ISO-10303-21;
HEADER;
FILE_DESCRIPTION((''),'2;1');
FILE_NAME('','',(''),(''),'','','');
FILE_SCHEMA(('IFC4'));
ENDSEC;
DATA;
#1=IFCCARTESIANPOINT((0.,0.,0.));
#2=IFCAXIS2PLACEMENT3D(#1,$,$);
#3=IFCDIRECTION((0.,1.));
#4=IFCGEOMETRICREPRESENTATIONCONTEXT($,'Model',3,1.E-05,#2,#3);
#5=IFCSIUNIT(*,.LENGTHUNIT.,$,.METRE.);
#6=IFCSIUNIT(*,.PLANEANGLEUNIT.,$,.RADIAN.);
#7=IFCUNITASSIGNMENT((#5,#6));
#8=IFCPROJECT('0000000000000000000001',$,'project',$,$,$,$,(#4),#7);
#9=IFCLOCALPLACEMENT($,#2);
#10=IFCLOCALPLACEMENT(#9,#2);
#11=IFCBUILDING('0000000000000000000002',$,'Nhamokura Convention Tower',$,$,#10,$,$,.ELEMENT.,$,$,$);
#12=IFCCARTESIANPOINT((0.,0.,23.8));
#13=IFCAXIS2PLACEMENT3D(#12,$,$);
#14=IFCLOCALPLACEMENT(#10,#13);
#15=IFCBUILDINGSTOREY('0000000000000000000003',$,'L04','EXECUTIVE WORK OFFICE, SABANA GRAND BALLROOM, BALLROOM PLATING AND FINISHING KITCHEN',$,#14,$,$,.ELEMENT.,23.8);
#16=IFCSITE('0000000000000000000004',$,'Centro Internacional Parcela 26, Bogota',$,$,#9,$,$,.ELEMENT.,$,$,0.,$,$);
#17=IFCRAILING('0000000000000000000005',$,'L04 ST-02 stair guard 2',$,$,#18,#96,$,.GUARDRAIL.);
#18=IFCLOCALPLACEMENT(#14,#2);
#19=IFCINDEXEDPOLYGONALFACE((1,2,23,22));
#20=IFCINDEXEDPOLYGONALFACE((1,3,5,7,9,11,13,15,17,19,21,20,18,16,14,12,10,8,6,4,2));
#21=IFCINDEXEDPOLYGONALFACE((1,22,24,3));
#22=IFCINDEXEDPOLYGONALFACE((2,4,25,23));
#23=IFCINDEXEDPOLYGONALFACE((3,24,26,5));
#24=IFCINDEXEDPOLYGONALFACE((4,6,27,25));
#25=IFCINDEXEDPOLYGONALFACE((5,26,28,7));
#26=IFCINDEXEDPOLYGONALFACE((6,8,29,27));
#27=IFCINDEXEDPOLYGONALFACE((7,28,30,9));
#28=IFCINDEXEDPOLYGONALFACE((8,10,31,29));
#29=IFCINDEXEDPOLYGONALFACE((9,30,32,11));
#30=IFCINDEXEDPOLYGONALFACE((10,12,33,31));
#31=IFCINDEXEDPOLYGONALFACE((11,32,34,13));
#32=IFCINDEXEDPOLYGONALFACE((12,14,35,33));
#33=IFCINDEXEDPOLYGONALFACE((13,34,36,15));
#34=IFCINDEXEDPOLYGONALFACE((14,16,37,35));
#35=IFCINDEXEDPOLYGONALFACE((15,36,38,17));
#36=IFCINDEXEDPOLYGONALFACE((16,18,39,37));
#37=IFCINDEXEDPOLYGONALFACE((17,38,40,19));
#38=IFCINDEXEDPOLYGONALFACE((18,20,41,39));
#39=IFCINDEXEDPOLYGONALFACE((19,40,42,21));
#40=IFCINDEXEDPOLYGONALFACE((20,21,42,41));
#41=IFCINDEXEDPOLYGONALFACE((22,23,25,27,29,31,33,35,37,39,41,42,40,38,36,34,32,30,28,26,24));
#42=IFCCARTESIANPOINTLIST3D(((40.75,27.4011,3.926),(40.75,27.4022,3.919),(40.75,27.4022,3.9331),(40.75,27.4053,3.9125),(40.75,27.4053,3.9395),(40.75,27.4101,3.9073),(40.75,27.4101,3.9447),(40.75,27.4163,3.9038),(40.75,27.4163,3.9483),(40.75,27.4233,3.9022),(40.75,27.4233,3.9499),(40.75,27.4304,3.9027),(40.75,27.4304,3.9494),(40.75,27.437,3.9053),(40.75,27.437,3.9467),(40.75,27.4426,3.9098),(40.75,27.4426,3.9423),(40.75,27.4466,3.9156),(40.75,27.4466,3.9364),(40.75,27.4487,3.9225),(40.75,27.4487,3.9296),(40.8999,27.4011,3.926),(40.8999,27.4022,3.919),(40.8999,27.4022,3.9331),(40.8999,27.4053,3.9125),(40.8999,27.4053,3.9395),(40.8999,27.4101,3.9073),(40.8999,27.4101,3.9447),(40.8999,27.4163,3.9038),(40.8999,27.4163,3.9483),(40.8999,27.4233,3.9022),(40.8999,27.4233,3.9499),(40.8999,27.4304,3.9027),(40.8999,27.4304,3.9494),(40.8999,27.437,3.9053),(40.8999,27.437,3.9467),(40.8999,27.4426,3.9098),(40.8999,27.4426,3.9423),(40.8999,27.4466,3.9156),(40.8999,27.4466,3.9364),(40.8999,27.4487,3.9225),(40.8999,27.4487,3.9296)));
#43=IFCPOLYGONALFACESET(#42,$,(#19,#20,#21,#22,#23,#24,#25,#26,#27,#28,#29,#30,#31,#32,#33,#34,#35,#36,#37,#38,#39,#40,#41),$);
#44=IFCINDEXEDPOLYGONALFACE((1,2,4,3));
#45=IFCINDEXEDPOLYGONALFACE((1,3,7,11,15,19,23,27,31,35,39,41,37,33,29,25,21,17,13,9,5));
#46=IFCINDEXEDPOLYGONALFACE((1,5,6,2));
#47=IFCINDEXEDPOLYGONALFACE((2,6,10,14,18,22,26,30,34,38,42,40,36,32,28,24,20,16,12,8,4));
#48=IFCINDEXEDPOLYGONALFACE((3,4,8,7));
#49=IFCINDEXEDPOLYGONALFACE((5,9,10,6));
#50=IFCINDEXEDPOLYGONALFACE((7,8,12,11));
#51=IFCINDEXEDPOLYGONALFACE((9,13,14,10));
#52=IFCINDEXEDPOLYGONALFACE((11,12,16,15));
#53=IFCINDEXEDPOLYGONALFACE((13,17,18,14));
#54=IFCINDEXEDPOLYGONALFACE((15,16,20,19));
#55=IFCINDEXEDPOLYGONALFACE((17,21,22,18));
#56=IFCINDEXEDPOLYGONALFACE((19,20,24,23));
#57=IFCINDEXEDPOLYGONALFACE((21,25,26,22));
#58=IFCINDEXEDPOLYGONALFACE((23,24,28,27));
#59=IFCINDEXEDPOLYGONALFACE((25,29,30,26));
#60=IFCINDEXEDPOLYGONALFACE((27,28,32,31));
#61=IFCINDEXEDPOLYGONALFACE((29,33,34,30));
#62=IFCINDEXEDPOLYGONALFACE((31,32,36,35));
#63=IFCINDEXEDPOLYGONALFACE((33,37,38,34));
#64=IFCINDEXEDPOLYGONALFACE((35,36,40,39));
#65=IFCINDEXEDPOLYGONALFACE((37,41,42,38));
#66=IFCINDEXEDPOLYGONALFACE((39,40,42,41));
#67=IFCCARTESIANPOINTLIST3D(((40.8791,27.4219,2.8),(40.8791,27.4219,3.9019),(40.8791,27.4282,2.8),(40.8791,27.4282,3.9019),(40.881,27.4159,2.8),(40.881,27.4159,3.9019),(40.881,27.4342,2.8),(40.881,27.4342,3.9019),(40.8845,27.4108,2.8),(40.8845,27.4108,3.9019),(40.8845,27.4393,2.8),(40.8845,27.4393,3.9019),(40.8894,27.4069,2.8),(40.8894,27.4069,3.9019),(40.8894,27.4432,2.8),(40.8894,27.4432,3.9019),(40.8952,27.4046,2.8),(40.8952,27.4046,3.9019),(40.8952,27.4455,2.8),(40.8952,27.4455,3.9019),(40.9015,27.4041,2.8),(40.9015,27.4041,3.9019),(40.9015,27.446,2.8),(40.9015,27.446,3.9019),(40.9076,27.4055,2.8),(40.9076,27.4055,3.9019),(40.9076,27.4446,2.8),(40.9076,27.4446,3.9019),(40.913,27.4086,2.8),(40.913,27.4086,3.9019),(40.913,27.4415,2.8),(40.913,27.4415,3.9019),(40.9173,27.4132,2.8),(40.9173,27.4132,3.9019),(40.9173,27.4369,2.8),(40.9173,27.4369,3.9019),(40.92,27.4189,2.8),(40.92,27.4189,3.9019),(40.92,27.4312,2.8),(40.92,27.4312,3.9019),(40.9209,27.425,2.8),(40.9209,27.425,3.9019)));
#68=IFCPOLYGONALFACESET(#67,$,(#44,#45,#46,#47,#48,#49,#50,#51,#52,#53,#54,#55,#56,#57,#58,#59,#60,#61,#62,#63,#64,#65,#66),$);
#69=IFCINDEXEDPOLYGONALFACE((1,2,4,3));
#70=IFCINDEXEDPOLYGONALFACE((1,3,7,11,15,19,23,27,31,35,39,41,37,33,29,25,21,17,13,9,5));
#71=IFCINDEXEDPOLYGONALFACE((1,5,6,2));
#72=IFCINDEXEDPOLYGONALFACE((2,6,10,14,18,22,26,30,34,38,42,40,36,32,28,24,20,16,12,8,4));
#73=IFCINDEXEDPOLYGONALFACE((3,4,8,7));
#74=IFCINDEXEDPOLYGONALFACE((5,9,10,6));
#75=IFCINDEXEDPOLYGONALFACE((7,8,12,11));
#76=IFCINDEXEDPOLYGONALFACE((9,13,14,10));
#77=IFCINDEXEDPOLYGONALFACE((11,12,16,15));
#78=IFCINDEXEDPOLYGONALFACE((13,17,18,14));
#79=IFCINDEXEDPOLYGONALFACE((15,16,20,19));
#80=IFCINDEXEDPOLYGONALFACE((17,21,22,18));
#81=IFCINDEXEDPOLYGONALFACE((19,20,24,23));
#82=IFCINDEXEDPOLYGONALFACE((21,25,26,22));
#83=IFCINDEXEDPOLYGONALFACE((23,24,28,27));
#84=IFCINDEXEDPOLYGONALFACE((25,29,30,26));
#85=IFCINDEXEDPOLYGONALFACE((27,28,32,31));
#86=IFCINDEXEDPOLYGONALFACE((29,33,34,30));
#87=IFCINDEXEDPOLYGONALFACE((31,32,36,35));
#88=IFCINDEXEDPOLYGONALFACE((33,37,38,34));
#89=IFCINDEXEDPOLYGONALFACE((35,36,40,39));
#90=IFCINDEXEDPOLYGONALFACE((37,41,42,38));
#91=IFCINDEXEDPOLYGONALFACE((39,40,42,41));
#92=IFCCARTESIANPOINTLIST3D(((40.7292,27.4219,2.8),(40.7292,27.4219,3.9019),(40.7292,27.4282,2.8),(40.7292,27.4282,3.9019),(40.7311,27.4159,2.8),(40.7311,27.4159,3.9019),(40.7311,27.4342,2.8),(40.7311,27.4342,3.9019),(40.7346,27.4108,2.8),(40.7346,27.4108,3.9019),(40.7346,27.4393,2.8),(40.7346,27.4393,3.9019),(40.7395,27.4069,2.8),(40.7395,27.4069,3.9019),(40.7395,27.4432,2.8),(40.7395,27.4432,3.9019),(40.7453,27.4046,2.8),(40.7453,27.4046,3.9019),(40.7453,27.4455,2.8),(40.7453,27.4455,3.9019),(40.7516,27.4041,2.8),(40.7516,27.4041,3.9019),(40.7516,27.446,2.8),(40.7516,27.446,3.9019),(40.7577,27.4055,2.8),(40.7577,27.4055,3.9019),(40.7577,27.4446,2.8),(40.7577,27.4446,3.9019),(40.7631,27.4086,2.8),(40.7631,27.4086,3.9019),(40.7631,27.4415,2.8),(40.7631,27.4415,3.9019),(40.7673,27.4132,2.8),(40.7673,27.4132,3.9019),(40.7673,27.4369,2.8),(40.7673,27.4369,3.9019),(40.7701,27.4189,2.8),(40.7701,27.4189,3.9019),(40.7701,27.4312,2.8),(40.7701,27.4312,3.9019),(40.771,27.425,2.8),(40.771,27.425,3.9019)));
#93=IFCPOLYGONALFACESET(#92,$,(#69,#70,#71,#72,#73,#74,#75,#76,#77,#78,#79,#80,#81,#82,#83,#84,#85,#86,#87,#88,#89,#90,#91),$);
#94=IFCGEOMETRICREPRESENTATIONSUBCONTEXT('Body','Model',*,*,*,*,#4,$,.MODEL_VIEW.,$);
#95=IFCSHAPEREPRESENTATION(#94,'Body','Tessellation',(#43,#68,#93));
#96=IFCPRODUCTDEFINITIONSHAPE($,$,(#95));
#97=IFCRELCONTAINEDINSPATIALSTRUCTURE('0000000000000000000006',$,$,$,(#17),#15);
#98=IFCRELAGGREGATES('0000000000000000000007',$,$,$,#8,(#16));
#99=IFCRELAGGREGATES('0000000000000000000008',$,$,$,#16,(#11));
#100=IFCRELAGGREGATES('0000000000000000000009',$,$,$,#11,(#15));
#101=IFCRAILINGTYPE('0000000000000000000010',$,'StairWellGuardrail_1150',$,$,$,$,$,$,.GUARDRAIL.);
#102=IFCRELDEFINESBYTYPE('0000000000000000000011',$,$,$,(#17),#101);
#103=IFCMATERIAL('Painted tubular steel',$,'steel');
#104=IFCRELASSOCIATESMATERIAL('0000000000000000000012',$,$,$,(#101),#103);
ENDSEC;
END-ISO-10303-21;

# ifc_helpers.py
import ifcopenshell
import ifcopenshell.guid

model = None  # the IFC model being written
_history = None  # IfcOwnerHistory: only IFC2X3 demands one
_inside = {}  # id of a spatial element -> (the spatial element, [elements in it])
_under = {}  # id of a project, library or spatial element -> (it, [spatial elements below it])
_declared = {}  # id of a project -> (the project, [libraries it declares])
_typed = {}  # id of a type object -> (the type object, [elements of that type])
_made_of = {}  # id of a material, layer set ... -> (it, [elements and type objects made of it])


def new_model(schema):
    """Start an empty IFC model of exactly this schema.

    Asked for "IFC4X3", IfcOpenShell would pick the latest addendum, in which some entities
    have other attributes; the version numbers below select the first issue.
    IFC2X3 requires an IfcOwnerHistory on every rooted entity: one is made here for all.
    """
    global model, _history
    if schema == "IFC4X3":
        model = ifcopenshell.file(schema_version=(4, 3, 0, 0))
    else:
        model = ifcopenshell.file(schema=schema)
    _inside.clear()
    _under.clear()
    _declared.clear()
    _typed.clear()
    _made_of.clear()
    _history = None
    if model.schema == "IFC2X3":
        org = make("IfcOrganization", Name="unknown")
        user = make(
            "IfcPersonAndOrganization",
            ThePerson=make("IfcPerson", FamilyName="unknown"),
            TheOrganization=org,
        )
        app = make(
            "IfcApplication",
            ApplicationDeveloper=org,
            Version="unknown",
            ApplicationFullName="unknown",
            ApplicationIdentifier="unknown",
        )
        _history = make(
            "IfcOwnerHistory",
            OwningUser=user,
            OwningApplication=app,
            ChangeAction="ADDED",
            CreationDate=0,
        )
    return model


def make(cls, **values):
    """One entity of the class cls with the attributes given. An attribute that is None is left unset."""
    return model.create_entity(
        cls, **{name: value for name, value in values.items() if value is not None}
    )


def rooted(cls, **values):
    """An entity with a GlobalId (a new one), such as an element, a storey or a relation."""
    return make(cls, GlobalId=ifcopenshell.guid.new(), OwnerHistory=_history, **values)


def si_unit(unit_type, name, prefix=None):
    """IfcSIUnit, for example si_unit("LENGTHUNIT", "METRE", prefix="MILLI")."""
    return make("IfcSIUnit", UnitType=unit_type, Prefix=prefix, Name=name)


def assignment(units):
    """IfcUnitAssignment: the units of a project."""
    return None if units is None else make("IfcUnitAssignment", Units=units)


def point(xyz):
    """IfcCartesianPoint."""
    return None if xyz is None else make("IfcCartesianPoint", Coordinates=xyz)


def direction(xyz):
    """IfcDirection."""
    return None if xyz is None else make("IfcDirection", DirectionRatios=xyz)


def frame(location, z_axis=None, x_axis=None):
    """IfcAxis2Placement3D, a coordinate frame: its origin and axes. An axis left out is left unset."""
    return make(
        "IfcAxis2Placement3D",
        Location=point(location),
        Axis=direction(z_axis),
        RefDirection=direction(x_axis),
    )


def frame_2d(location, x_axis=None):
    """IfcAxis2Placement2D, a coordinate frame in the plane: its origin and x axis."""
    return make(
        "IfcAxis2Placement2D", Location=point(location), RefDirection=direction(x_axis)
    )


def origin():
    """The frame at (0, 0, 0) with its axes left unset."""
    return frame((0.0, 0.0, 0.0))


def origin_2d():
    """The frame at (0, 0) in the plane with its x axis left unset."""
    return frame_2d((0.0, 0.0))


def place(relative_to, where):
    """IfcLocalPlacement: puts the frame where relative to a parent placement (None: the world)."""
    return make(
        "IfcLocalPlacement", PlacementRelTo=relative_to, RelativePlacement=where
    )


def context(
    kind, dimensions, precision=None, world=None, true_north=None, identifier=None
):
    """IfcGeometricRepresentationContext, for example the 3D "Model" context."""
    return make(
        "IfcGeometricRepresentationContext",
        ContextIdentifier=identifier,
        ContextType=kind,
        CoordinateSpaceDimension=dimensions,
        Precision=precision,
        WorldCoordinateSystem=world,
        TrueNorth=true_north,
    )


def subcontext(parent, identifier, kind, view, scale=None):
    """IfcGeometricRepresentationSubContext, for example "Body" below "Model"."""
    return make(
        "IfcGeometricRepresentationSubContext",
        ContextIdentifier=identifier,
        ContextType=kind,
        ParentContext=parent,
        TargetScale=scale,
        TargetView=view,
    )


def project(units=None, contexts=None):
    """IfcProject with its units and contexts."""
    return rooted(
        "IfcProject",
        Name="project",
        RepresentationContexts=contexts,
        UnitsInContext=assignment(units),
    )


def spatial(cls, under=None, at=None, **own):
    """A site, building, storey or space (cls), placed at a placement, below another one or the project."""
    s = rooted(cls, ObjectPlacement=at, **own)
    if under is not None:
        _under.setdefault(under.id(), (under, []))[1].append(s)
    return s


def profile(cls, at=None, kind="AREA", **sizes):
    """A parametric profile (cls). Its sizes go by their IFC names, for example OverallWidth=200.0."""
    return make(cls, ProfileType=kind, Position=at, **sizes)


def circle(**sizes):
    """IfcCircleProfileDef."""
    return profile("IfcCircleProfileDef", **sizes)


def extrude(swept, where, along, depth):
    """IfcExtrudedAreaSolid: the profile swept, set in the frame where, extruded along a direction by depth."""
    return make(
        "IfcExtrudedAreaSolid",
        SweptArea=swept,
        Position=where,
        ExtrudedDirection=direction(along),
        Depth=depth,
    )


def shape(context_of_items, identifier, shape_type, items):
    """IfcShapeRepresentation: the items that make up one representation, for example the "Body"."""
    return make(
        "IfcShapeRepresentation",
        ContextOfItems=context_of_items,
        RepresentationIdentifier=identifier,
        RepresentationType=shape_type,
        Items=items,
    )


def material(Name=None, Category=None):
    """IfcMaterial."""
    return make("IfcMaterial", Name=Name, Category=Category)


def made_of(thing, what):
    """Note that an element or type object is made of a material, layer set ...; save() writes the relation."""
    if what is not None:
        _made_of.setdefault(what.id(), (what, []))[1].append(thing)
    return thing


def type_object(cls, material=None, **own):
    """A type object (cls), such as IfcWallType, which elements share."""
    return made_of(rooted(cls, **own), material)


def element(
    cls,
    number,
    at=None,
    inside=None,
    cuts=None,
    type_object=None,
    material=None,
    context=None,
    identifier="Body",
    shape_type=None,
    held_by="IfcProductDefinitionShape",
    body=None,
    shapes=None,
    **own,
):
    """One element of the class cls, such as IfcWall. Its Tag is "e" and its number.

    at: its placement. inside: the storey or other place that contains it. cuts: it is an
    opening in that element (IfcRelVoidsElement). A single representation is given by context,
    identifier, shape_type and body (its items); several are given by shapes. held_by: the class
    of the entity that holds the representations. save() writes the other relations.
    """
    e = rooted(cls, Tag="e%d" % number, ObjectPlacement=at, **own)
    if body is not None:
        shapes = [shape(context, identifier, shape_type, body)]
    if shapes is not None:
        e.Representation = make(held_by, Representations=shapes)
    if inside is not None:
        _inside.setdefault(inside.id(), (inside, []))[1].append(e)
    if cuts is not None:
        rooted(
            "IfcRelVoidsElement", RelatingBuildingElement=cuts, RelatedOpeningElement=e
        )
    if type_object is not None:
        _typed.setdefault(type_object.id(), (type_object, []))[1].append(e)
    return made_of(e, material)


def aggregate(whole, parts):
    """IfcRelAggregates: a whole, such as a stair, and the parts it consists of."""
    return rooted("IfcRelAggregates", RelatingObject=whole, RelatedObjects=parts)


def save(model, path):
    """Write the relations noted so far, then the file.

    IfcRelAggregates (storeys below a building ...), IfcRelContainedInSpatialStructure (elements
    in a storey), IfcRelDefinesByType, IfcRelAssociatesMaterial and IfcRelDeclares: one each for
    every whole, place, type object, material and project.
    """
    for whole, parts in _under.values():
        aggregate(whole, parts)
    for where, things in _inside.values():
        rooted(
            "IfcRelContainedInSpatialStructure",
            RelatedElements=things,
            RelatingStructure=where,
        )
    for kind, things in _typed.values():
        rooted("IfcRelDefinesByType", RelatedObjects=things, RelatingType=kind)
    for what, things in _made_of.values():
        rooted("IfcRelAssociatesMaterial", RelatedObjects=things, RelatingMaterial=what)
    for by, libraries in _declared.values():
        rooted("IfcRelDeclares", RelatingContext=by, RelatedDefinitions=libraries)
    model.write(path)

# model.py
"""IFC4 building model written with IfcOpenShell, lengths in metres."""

from ifc_helpers import new_model, si_unit, direction, frame, origin, origin_2d, place, context, subcontext, project, spatial, circle, extrude, material, type_object, element, save


model = new_model("IFC4")

# Units and contexts
model_context = context("Model", 3, precision=1e-05, world=origin(), true_north=direction((0.0, 1.0)))
body_context = subcontext(model_context, "Body", "Model", "MODEL_VIEW")
ifc_project = project(units=[si_unit("LENGTHUNIT", "METRE"), si_unit("PLANEANGLEUNIT", "RADIAN")], contexts=[model_context])

# Site, building, storey
site_placement = place(None, origin())
site = spatial("IfcSite", under=ifc_project, at=site_placement, Name="Centro Internacional Parcela 26, Bogota", CompositionType="ELEMENT", RefElevation=0.0)
building_placement = place(site_placement, origin())
building = spatial("IfcBuilding", under=site, at=building_placement, Name="Nhamokura Convention Tower", CompositionType="ELEMENT")
storey_placement = place(building_placement, frame((0.0, 0.0, 23.8)))
storey = spatial("IfcBuildingStorey", under=building, at=storey_placement, Name="L04", Description="EXECUTIVE WORK OFFICE, SABANA GRAND BALLROOM, BALLROOM PLATING AND FINISHING KITCHEN", CompositionType="ELEMENT", Elevation=23.8)

# Railing
ifc_material_1 = material(Name="Painted tubular steel", Category="steel")
railing_type_1 = type_object("IfcRailingType", Name="StairWellGuardrail_1150", PredefinedType="GUARDRAIL", material=ifc_material_1)
railing_1_placement = place(storey_placement, frame((40.8999, 27.425, 2.8)))
element("IfcRailing", 1, at=railing_1_placement, inside=storey, type_object=railing_type_1, Name="L04 ST-02 stair guard 2", PredefinedType="GUARDRAIL", context=body_context, shape_type="SweptSolid", body=[
    extrude(circle(Radius=0.0239, at=origin_2d()), frame((0.0, 0.0, 1.126), z_axis=(-1.0, 0.0, 0.0), x_axis=(0.0, -1.0, 0.0)), (0.0, 0.0, 1.0), 0.1499),
    extrude(circle(Radius=0.021, at=origin_2d()), origin(), (0.0, 0.0, 1.0), 1.1018),
    extrude(circle(Radius=0.021, at=origin_2d()), frame((-0.1499, 0.0, 0.0)), (0.0, 0.0, 1.0), 1.1018),
])

save(model, "model.ifc")
